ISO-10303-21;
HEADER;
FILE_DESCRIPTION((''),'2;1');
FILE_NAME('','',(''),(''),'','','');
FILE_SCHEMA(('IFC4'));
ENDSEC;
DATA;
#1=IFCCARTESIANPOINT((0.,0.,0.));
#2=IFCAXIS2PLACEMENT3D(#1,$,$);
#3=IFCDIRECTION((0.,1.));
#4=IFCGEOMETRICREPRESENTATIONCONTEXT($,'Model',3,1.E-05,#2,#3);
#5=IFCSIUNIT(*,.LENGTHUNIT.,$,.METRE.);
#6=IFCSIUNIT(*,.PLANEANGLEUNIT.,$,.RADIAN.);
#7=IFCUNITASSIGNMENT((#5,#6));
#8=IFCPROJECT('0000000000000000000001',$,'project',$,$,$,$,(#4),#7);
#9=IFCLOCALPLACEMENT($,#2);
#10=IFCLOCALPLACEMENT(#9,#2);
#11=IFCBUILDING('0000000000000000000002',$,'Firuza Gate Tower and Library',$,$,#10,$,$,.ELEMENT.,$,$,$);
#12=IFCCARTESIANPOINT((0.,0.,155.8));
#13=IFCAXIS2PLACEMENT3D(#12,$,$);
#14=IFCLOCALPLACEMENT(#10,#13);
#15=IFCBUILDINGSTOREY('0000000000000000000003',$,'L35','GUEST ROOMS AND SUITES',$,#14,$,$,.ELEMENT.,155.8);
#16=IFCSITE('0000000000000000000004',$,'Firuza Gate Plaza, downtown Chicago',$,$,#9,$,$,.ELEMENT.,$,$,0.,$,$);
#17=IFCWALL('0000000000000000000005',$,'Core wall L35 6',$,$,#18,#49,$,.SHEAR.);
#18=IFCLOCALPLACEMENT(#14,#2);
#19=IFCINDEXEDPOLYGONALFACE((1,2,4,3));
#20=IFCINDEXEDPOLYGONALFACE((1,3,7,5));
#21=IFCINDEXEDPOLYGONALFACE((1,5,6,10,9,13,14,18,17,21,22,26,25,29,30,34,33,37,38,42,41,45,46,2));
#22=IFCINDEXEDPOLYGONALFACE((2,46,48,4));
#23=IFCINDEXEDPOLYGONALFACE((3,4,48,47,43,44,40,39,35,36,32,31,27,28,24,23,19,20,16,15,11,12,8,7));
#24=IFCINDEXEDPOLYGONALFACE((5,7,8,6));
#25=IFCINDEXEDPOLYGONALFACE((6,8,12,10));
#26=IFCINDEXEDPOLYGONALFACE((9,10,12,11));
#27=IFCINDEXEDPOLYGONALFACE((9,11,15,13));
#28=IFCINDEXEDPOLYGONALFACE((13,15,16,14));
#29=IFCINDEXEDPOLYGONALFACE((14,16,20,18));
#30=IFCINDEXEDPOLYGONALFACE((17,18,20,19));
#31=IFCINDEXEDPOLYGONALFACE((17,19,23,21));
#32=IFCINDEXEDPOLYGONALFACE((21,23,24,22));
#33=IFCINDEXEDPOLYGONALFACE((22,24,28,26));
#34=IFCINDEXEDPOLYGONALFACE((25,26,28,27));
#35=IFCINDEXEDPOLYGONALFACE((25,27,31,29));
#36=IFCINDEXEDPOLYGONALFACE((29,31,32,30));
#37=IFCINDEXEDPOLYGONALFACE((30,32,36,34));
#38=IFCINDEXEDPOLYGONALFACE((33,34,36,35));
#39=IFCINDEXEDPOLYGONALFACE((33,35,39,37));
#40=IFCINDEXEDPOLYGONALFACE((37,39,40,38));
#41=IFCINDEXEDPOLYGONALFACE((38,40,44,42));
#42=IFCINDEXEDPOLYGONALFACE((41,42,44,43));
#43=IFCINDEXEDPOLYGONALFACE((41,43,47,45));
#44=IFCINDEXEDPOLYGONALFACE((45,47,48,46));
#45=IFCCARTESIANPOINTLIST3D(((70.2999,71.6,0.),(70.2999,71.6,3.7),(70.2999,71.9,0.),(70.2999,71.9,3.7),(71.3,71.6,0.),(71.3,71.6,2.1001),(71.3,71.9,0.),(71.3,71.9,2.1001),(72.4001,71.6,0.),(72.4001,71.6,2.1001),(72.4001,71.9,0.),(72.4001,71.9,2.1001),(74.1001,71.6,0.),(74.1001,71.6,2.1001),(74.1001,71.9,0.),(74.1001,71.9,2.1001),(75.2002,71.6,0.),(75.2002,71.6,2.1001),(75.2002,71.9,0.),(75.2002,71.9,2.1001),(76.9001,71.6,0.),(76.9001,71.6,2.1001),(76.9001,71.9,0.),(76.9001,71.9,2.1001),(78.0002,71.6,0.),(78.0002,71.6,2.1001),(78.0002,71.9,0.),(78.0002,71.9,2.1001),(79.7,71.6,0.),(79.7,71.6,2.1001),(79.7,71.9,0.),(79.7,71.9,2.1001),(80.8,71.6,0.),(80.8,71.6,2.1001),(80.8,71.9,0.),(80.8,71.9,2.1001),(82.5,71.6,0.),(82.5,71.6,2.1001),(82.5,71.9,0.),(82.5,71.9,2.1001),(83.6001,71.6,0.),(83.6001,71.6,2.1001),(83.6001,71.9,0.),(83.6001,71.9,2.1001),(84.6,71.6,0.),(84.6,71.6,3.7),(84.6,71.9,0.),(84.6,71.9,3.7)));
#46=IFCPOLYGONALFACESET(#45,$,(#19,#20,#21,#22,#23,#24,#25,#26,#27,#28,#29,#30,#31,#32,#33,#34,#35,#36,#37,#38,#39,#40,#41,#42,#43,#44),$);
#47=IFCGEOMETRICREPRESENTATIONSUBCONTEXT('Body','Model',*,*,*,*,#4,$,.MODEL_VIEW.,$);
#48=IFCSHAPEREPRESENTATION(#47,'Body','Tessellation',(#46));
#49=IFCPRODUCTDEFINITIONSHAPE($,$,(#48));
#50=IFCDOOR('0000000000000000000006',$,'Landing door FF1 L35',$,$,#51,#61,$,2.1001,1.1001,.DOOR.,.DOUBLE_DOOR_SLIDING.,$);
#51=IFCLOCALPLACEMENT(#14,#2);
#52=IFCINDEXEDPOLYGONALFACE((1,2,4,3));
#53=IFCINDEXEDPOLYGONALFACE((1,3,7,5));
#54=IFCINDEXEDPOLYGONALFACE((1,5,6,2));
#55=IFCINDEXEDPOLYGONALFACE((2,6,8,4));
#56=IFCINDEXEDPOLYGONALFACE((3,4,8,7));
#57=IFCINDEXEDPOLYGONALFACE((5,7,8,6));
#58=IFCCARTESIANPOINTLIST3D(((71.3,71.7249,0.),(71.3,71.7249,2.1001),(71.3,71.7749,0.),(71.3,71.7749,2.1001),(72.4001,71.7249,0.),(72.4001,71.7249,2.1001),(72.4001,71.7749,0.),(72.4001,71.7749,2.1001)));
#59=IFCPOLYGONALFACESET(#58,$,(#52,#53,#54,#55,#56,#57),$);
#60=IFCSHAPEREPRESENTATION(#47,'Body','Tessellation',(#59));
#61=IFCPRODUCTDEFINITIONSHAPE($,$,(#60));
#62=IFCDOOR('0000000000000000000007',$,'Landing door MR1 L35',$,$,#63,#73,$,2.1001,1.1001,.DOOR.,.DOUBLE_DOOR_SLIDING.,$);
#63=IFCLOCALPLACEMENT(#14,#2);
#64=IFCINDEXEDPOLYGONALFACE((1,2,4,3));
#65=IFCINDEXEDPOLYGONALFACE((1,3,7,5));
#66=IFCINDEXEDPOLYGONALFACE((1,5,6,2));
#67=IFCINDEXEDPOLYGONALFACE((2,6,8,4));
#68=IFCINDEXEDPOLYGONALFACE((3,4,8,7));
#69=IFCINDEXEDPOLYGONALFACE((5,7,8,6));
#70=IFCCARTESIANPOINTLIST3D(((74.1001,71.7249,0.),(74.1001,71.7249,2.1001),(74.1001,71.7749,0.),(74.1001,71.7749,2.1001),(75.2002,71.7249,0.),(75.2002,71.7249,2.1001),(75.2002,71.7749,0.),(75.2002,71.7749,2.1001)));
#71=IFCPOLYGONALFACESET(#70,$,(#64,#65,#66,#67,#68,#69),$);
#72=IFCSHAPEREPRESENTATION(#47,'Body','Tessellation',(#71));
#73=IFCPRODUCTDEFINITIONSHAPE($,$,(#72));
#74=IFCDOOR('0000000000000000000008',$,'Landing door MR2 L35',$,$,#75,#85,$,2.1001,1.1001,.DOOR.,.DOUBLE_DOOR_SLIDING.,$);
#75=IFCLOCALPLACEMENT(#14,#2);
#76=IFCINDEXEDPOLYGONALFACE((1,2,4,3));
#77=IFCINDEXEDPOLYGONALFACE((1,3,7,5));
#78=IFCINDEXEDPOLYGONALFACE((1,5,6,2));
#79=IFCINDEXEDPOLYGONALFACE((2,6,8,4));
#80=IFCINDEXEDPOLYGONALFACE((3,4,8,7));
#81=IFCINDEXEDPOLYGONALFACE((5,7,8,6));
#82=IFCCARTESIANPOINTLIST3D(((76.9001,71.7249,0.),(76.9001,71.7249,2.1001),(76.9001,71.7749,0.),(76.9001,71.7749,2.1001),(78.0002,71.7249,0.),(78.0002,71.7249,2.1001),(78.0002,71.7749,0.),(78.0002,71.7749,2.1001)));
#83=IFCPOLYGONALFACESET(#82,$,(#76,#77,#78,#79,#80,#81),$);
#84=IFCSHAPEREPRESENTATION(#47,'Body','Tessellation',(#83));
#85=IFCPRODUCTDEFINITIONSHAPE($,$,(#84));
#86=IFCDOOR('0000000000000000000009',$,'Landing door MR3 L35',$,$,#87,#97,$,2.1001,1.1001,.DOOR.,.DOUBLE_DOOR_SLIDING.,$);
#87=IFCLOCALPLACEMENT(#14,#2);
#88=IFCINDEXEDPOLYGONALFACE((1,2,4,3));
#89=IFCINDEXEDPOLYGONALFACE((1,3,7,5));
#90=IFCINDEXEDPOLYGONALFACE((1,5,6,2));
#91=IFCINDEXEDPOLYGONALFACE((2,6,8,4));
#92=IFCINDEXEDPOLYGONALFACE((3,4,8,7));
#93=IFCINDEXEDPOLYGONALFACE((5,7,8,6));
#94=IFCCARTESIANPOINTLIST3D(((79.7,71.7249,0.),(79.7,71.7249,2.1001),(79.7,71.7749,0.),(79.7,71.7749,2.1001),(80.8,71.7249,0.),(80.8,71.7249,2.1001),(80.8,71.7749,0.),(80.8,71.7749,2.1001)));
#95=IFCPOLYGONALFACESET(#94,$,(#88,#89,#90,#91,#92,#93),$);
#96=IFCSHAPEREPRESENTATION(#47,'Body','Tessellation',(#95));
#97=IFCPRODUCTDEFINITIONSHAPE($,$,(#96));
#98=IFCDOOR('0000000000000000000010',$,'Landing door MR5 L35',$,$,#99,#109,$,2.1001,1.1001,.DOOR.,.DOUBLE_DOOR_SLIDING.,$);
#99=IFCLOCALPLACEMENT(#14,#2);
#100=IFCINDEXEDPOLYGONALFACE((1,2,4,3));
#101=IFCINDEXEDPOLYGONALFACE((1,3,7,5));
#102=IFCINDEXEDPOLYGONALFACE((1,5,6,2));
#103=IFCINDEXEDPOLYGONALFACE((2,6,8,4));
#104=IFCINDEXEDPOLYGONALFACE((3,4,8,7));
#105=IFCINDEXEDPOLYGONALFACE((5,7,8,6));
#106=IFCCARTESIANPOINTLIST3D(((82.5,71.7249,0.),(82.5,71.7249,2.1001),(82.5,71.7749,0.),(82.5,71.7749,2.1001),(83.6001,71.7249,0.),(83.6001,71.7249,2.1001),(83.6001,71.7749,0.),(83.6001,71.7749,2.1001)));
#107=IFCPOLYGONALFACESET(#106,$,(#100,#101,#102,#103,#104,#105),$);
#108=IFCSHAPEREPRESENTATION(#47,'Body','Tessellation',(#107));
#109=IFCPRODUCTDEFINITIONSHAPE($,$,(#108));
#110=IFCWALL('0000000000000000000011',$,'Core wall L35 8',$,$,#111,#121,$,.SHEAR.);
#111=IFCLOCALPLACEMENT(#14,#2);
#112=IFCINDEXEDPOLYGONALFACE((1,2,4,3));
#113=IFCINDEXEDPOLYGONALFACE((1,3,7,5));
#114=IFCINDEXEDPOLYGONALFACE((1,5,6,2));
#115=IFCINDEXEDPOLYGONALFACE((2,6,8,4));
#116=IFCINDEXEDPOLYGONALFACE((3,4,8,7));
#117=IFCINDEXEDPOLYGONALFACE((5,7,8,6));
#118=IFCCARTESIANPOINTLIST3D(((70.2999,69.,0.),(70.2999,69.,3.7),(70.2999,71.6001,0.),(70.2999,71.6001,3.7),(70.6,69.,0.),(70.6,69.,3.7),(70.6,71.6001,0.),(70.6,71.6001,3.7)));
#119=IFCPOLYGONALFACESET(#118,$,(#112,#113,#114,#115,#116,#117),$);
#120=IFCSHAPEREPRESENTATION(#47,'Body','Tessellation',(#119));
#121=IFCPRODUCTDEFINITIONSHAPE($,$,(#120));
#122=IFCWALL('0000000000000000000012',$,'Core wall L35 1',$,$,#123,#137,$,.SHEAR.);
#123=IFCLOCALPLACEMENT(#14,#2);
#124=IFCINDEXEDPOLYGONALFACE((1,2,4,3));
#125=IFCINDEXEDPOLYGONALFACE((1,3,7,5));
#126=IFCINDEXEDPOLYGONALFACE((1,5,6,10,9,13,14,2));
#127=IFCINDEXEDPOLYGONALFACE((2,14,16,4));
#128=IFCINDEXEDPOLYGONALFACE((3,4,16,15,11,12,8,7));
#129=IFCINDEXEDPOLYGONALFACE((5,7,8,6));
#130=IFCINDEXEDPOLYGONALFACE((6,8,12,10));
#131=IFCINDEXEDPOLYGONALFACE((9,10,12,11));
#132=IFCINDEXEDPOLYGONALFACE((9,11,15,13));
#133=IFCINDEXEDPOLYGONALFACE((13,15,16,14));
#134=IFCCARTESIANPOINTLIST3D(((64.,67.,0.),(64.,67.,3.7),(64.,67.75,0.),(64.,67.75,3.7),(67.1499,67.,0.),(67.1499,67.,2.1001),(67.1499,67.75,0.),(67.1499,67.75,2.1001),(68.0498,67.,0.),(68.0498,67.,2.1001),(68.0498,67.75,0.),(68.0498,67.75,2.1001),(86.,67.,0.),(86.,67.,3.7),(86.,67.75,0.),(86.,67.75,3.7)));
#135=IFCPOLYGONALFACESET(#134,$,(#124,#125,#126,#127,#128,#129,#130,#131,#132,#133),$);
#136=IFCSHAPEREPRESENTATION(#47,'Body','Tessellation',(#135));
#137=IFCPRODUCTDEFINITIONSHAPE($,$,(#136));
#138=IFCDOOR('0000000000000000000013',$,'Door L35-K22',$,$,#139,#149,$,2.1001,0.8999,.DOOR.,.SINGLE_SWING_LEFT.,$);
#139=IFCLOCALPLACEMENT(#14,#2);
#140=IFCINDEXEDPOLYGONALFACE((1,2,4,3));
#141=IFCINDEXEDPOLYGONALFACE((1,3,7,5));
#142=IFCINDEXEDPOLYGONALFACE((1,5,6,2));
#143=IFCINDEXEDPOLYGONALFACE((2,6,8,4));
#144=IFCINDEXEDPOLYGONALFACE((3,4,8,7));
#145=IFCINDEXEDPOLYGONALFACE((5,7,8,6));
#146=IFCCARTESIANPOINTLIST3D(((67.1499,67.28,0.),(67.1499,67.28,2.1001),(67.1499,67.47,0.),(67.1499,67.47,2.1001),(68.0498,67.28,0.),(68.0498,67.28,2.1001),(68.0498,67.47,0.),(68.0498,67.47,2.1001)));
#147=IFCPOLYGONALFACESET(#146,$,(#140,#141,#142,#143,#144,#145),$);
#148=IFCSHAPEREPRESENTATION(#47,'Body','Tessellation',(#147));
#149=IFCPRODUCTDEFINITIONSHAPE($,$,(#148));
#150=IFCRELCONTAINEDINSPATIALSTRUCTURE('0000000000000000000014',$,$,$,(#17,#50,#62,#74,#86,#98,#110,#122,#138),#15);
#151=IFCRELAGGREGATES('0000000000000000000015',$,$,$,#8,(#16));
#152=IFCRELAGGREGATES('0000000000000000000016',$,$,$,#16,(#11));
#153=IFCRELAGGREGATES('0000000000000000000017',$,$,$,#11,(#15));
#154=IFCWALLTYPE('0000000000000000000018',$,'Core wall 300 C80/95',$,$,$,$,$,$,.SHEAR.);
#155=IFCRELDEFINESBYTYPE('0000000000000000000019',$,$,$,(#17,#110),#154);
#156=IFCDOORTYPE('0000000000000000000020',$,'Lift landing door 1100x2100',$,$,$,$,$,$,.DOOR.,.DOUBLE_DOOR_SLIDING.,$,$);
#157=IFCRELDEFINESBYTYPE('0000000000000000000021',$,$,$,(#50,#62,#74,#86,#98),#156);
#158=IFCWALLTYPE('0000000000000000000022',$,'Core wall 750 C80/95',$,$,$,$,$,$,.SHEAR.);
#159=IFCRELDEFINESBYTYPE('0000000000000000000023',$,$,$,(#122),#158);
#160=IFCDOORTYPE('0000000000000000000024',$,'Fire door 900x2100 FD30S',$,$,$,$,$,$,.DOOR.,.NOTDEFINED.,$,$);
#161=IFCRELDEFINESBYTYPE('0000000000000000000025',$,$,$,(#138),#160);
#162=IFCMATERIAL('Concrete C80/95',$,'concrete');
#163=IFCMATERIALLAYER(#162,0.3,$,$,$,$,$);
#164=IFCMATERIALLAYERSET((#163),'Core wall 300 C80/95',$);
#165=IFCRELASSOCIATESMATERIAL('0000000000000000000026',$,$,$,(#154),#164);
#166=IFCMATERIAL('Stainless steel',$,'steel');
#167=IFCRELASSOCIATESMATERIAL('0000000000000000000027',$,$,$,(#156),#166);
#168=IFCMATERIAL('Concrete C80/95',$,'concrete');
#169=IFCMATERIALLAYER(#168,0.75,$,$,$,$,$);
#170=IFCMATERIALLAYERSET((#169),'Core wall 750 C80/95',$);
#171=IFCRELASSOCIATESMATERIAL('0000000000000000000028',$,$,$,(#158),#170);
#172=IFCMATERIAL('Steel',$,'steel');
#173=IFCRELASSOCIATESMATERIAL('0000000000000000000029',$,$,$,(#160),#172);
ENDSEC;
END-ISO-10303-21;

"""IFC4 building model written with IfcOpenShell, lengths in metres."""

from ifc_helpers import new_model, si_unit, direction, frame, frame_2d, origin, place, context, subcontext, project, spatial, rectangle, extrude, material, layer, layer_set, type_object, element, fill, save


model = new_model("IFC4")

# Units and contexts
model_context = context("Model", 3, precision=1e-05, world=origin(), true_north=direction((0.0, 1.0)))
body_context = subcontext(model_context, "Body", "Model", "MODEL_VIEW")
ifc_project = project(units=[si_unit("LENGTHUNIT", "METRE"), si_unit("PLANEANGLEUNIT", "RADIAN")], contexts=[model_context])

# Site, building, storey
site_placement = place(None, origin())
site = spatial("IfcSite", under=ifc_project, at=site_placement, Name="Firuza Gate Plaza, downtown Chicago", CompositionType="ELEMENT", RefElevation=0.0)
building_placement = place(site_placement, origin())
building = spatial("IfcBuilding", under=site, at=building_placement, Name="Firuza Gate Tower and Library", CompositionType="ELEMENT")
storey_placement = place(building_placement, frame((0.0, 0.0, 155.8)))
storey = spatial("IfcBuildingStorey", under=building, at=storey_placement, Name="L35", Description="GUEST ROOMS AND SUITES", CompositionType="ELEMENT", Elevation=155.8)

# Shared definitions
ifc_material_1 = material(Name="Concrete C80/95", Category="concrete")
ifc_layer_1 = layer(ifc_material_1, 0.3)
ifc_layer_set_1 = layer_set([ifc_layer_1], Name="Core wall 300 C80/95")
wall_type_1 = type_object("IfcWallType", Name="Core wall 300 C80/95", PredefinedType="SHEAR", material=ifc_layer_set_1)

# Wall, openings, doors
wall_1_placement = place(storey_placement, frame((70.3, 71.75, 0.0), z_axis=(0.0, 0.0, 1.0), x_axis=(1.0, 0.0, 0.0)))
wall_1 = element("IfcWall", 1, at=wall_1_placement, inside=storey, type_object=wall_type_1, Name="Core wall L35 6", PredefinedType="SHEAR", context=body_context, shape_type="SweptSolid", body=[
    extrude(rectangle(XDim=14.3, YDim=0.3, at=frame_2d((7.1499, 0.0))), origin(), (0.0, 0.0, 1.0), 3.7),
])
opening_1_placement = place(wall_1_placement, frame((1.0, 0.0, 0.0)))
opening_1 = element("IfcOpeningElement", 2, at=opening_1_placement, cuts=wall_1, PredefinedType="OPENING", context=body_context, shape_type="SweptSolid", body=[
    extrude(rectangle(XDim=1.1001, YDim=2.1001, at=frame_2d((0.55, 1.05))), frame((0.0, 0.1602, 0.0), z_axis=(0.0, -1.0, 0.0), x_axis=(1.0, 0.0, 0.0)), (0.0, 0.0, 1.0), 0.3201),
])
opening_2_placement = place(wall_1_placement, frame((3.8, 0.0, 0.0)))
opening_2 = element("IfcOpeningElement", 3, at=opening_2_placement, cuts=wall_1, PredefinedType="OPENING", context=body_context, shape_type="SweptSolid", body=[
    extrude(rectangle(XDim=1.1001, YDim=2.1001, at=frame_2d((0.55, 1.05))), frame((0.0, 0.1602, 0.0), z_axis=(0.0, -1.0, 0.0), x_axis=(1.0, 0.0, 0.0)), (0.0, 0.0, 1.0), 0.3201),
])
opening_3_placement = place(wall_1_placement, frame((6.6001, 0.0, 0.0)))
opening_3 = element("IfcOpeningElement", 4, at=opening_3_placement, cuts=wall_1, PredefinedType="OPENING", context=body_context, shape_type="SweptSolid", body=[
    extrude(rectangle(XDim=1.1001, YDim=2.1001, at=frame_2d((0.55, 1.05))), frame((0.0, 0.1602, 0.0), z_axis=(0.0, -1.0, 0.0), x_axis=(1.0, 0.0, 0.0)), (0.0, 0.0, 1.0), 0.3201),
])
opening_4_placement = place(wall_1_placement, frame((9.3999, 0.0, 0.0)))
opening_4 = element("IfcOpeningElement", 5, at=opening_4_placement, cuts=wall_1, PredefinedType="OPENING", context=body_context, shape_type="SweptSolid", body=[
    extrude(rectangle(XDim=1.1001, YDim=2.1001, at=frame_2d((0.55, 1.05))), frame((0.0, 0.1602, 0.0), z_axis=(0.0, -1.0, 0.0), x_axis=(1.0, 0.0, 0.0)), (0.0, 0.0, 1.0), 0.3201),
])
opening_5_placement = place(wall_1_placement, frame((12.2, 0.0, 0.0)))
opening_5 = element("IfcOpeningElement", 6, at=opening_5_placement, cuts=wall_1, PredefinedType="OPENING", context=body_context, shape_type="SweptSolid", body=[
    extrude(rectangle(XDim=1.1001, YDim=2.1001, at=frame_2d((0.55, 1.05))), frame((0.0, 0.1602, 0.0), z_axis=(0.0, -1.0, 0.0), x_axis=(1.0, 0.0, 0.0)), (0.0, 0.0, 1.0), 0.3201),
])
ifc_material_2 = material(Name="Stainless steel", Category="steel")
door_type_1 = type_object("IfcDoorType", Name="Lift landing door 1100x2100", OperationType="DOUBLE_DOOR_SLIDING", PredefinedType="DOOR", material=ifc_material_2)
door_1_placement = place(opening_1_placement, origin())
door_1 = element("IfcDoor", 7, at=door_1_placement, inside=storey, type_object=door_type_1, Name="Landing door FF1 L35", OperationType="DOUBLE_DOOR_SLIDING", OverallHeight=2.1001, OverallWidth=1.1001, PredefinedType="DOOR", context=body_context, shape_type="SweptSolid", body=[
    extrude(rectangle(XDim=1.1001, YDim=2.1001, at=frame_2d((0.55, 1.05))), frame((0.0, 0.0249, 0.0), z_axis=(0.0, -1.0, 0.0), x_axis=(1.0, 0.0, 0.0)), (0.0, 0.0, 1.0), 0.05),
])
fill(opening_1, door_1)
door_2_placement = place(opening_2_placement, origin())
door_2 = element("IfcDoor", 8, at=door_2_placement, inside=storey, type_object=door_type_1, Name="Landing door MR1 L35", OperationType="DOUBLE_DOOR_SLIDING", OverallHeight=2.1001, OverallWidth=1.1001, PredefinedType="DOOR", context=body_context, shape_type="SweptSolid", body=[
    extrude(rectangle(XDim=1.1001, YDim=2.1001, at=frame_2d((0.55, 1.05))), frame((0.0, 0.0249, 0.0), z_axis=(0.0, -1.0, 0.0), x_axis=(1.0, 0.0, 0.0)), (0.0, 0.0, 1.0), 0.05),
])
fill(opening_2, door_2)
door_3_placement = place(opening_3_placement, origin())
door_3 = element("IfcDoor", 9, at=door_3_placement, inside=storey, type_object=door_type_1, Name="Landing door MR2 L35", OperationType="DOUBLE_DOOR_SLIDING", OverallHeight=2.1001, OverallWidth=1.1001, PredefinedType="DOOR", context=body_context, shape_type="SweptSolid", body=[
    extrude(rectangle(XDim=1.1001, YDim=2.1001, at=frame_2d((0.55, 1.05))), frame((0.0, 0.0249, 0.0), z_axis=(0.0, -1.0, 0.0), x_axis=(1.0, 0.0, 0.0)), (0.0, 0.0, 1.0), 0.05),
])
fill(opening_3, door_3)
door_4_placement = place(opening_4_placement, origin())
door_4 = element("IfcDoor", 10, at=door_4_placement, inside=storey, type_object=door_type_1, Name="Landing door MR3 L35", OperationType="DOUBLE_DOOR_SLIDING", OverallHeight=2.1001, OverallWidth=1.1001, PredefinedType="DOOR", context=body_context, shape_type="SweptSolid", body=[
    extrude(rectangle(XDim=1.1001, YDim=2.1001, at=frame_2d((0.55, 1.05))), frame((0.0, 0.0249, 0.0), z_axis=(0.0, -1.0, 0.0), x_axis=(1.0, 0.0, 0.0)), (0.0, 0.0, 1.0), 0.05),
])
fill(opening_4, door_4)
door_5_placement = place(opening_5_placement, origin())
door_5 = element("IfcDoor", 11, at=door_5_placement, inside=storey, type_object=door_type_1, Name="Landing door MR5 L35", OperationType="DOUBLE_DOOR_SLIDING", OverallHeight=2.1001, OverallWidth=1.1001, PredefinedType="DOOR", context=body_context, shape_type="SweptSolid", body=[
    extrude(rectangle(XDim=1.1001, YDim=2.1001, at=frame_2d((0.55, 1.05))), frame((0.0, 0.0249, 0.0), z_axis=(0.0, -1.0, 0.0), x_axis=(1.0, 0.0, 0.0)), (0.0, 0.0, 1.0), 0.05),
])
fill(opening_5, door_5)

# Wall
wall_2_placement = place(storey_placement, frame((70.45, 69.0, 0.0), z_axis=(0.0, 0.0, 1.0), x_axis=(0.0, 1.0, 0.0)))
element("IfcWall", 12, at=wall_2_placement, inside=storey, type_object=wall_type_1, Name="Core wall L35 8", PredefinedType="SHEAR", context=body_context, shape_type="SweptSolid", body=[
    extrude(rectangle(XDim=2.6001, YDim=0.3, at=frame_2d((1.3, 0.0))), origin(), (0.0, 0.0, 1.0), 3.7),
])

# Wall, opening, door
ifc_material_3 = material(Name="Concrete C80/95", Category="concrete")
ifc_layer_2 = layer(ifc_material_3, 0.75)
ifc_layer_set_2 = layer_set([ifc_layer_2], Name="Core wall 750 C80/95")
wall_type_2 = type_object("IfcWallType", Name="Core wall 750 C80/95", PredefinedType="SHEAR", material=ifc_layer_set_2)
wall_3_placement = place(storey_placement, frame((64.0, 67.375, 0.0), z_axis=(0.0, 0.0, 1.0), x_axis=(1.0, 0.0, 0.0)))
wall_3 = element("IfcWall", 13, at=wall_3_placement, inside=storey, type_object=wall_type_2, Name="Core wall L35 1", PredefinedType="SHEAR", context=body_context, shape_type="SweptSolid", body=[
    extrude(rectangle(XDim=22.0, YDim=0.75, at=frame_2d((11.0, 0.0))), origin(), (0.0, 0.0, 1.0), 3.7),
])
opening_6_placement = place(wall_3_placement, frame((3.1499, 0.0, 0.0)))
opening_6 = element("IfcOpeningElement", 14, at=opening_6_placement, cuts=wall_3, PredefinedType="OPENING", context=body_context, shape_type="SweptSolid", body=[
    extrude(rectangle(XDim=0.8999, YDim=2.1001, at=frame_2d((0.45, 1.05))), frame((0.0, 0.385, 0.0), z_axis=(0.0, -1.0, 0.0), x_axis=(1.0, 0.0, 0.0)), (0.0, 0.0, 1.0), 0.77),
])
ifc_material_4 = material(Name="Steel", Category="steel")
door_type_2 = type_object("IfcDoorType", Name="Fire door 900x2100 FD30S", OperationType="NOTDEFINED", PredefinedType="DOOR", material=ifc_material_4)
door_6_placement = place(opening_6_placement, origin())
door_6 = element("IfcDoor", 15, at=door_6_placement, inside=storey, type_object=door_type_2, Name="Door L35-K22", OperationType="SINGLE_SWING_LEFT", OverallHeight=2.1001, OverallWidth=0.8999, PredefinedType="DOOR", context=body_context, shape_type="SweptSolid", body=[
    extrude(rectangle(XDim=0.8999, YDim=2.1001, at=frame_2d((0.45, 1.05))), frame((0.0, 0.095, 0.0), z_axis=(0.0, -1.0, 0.0), x_axis=(1.0, 0.0, 0.0)), (0.0, 0.0, 1.0), 0.1899),
])
fill(opening_6, door_6)

save(model, "model.ifc")
